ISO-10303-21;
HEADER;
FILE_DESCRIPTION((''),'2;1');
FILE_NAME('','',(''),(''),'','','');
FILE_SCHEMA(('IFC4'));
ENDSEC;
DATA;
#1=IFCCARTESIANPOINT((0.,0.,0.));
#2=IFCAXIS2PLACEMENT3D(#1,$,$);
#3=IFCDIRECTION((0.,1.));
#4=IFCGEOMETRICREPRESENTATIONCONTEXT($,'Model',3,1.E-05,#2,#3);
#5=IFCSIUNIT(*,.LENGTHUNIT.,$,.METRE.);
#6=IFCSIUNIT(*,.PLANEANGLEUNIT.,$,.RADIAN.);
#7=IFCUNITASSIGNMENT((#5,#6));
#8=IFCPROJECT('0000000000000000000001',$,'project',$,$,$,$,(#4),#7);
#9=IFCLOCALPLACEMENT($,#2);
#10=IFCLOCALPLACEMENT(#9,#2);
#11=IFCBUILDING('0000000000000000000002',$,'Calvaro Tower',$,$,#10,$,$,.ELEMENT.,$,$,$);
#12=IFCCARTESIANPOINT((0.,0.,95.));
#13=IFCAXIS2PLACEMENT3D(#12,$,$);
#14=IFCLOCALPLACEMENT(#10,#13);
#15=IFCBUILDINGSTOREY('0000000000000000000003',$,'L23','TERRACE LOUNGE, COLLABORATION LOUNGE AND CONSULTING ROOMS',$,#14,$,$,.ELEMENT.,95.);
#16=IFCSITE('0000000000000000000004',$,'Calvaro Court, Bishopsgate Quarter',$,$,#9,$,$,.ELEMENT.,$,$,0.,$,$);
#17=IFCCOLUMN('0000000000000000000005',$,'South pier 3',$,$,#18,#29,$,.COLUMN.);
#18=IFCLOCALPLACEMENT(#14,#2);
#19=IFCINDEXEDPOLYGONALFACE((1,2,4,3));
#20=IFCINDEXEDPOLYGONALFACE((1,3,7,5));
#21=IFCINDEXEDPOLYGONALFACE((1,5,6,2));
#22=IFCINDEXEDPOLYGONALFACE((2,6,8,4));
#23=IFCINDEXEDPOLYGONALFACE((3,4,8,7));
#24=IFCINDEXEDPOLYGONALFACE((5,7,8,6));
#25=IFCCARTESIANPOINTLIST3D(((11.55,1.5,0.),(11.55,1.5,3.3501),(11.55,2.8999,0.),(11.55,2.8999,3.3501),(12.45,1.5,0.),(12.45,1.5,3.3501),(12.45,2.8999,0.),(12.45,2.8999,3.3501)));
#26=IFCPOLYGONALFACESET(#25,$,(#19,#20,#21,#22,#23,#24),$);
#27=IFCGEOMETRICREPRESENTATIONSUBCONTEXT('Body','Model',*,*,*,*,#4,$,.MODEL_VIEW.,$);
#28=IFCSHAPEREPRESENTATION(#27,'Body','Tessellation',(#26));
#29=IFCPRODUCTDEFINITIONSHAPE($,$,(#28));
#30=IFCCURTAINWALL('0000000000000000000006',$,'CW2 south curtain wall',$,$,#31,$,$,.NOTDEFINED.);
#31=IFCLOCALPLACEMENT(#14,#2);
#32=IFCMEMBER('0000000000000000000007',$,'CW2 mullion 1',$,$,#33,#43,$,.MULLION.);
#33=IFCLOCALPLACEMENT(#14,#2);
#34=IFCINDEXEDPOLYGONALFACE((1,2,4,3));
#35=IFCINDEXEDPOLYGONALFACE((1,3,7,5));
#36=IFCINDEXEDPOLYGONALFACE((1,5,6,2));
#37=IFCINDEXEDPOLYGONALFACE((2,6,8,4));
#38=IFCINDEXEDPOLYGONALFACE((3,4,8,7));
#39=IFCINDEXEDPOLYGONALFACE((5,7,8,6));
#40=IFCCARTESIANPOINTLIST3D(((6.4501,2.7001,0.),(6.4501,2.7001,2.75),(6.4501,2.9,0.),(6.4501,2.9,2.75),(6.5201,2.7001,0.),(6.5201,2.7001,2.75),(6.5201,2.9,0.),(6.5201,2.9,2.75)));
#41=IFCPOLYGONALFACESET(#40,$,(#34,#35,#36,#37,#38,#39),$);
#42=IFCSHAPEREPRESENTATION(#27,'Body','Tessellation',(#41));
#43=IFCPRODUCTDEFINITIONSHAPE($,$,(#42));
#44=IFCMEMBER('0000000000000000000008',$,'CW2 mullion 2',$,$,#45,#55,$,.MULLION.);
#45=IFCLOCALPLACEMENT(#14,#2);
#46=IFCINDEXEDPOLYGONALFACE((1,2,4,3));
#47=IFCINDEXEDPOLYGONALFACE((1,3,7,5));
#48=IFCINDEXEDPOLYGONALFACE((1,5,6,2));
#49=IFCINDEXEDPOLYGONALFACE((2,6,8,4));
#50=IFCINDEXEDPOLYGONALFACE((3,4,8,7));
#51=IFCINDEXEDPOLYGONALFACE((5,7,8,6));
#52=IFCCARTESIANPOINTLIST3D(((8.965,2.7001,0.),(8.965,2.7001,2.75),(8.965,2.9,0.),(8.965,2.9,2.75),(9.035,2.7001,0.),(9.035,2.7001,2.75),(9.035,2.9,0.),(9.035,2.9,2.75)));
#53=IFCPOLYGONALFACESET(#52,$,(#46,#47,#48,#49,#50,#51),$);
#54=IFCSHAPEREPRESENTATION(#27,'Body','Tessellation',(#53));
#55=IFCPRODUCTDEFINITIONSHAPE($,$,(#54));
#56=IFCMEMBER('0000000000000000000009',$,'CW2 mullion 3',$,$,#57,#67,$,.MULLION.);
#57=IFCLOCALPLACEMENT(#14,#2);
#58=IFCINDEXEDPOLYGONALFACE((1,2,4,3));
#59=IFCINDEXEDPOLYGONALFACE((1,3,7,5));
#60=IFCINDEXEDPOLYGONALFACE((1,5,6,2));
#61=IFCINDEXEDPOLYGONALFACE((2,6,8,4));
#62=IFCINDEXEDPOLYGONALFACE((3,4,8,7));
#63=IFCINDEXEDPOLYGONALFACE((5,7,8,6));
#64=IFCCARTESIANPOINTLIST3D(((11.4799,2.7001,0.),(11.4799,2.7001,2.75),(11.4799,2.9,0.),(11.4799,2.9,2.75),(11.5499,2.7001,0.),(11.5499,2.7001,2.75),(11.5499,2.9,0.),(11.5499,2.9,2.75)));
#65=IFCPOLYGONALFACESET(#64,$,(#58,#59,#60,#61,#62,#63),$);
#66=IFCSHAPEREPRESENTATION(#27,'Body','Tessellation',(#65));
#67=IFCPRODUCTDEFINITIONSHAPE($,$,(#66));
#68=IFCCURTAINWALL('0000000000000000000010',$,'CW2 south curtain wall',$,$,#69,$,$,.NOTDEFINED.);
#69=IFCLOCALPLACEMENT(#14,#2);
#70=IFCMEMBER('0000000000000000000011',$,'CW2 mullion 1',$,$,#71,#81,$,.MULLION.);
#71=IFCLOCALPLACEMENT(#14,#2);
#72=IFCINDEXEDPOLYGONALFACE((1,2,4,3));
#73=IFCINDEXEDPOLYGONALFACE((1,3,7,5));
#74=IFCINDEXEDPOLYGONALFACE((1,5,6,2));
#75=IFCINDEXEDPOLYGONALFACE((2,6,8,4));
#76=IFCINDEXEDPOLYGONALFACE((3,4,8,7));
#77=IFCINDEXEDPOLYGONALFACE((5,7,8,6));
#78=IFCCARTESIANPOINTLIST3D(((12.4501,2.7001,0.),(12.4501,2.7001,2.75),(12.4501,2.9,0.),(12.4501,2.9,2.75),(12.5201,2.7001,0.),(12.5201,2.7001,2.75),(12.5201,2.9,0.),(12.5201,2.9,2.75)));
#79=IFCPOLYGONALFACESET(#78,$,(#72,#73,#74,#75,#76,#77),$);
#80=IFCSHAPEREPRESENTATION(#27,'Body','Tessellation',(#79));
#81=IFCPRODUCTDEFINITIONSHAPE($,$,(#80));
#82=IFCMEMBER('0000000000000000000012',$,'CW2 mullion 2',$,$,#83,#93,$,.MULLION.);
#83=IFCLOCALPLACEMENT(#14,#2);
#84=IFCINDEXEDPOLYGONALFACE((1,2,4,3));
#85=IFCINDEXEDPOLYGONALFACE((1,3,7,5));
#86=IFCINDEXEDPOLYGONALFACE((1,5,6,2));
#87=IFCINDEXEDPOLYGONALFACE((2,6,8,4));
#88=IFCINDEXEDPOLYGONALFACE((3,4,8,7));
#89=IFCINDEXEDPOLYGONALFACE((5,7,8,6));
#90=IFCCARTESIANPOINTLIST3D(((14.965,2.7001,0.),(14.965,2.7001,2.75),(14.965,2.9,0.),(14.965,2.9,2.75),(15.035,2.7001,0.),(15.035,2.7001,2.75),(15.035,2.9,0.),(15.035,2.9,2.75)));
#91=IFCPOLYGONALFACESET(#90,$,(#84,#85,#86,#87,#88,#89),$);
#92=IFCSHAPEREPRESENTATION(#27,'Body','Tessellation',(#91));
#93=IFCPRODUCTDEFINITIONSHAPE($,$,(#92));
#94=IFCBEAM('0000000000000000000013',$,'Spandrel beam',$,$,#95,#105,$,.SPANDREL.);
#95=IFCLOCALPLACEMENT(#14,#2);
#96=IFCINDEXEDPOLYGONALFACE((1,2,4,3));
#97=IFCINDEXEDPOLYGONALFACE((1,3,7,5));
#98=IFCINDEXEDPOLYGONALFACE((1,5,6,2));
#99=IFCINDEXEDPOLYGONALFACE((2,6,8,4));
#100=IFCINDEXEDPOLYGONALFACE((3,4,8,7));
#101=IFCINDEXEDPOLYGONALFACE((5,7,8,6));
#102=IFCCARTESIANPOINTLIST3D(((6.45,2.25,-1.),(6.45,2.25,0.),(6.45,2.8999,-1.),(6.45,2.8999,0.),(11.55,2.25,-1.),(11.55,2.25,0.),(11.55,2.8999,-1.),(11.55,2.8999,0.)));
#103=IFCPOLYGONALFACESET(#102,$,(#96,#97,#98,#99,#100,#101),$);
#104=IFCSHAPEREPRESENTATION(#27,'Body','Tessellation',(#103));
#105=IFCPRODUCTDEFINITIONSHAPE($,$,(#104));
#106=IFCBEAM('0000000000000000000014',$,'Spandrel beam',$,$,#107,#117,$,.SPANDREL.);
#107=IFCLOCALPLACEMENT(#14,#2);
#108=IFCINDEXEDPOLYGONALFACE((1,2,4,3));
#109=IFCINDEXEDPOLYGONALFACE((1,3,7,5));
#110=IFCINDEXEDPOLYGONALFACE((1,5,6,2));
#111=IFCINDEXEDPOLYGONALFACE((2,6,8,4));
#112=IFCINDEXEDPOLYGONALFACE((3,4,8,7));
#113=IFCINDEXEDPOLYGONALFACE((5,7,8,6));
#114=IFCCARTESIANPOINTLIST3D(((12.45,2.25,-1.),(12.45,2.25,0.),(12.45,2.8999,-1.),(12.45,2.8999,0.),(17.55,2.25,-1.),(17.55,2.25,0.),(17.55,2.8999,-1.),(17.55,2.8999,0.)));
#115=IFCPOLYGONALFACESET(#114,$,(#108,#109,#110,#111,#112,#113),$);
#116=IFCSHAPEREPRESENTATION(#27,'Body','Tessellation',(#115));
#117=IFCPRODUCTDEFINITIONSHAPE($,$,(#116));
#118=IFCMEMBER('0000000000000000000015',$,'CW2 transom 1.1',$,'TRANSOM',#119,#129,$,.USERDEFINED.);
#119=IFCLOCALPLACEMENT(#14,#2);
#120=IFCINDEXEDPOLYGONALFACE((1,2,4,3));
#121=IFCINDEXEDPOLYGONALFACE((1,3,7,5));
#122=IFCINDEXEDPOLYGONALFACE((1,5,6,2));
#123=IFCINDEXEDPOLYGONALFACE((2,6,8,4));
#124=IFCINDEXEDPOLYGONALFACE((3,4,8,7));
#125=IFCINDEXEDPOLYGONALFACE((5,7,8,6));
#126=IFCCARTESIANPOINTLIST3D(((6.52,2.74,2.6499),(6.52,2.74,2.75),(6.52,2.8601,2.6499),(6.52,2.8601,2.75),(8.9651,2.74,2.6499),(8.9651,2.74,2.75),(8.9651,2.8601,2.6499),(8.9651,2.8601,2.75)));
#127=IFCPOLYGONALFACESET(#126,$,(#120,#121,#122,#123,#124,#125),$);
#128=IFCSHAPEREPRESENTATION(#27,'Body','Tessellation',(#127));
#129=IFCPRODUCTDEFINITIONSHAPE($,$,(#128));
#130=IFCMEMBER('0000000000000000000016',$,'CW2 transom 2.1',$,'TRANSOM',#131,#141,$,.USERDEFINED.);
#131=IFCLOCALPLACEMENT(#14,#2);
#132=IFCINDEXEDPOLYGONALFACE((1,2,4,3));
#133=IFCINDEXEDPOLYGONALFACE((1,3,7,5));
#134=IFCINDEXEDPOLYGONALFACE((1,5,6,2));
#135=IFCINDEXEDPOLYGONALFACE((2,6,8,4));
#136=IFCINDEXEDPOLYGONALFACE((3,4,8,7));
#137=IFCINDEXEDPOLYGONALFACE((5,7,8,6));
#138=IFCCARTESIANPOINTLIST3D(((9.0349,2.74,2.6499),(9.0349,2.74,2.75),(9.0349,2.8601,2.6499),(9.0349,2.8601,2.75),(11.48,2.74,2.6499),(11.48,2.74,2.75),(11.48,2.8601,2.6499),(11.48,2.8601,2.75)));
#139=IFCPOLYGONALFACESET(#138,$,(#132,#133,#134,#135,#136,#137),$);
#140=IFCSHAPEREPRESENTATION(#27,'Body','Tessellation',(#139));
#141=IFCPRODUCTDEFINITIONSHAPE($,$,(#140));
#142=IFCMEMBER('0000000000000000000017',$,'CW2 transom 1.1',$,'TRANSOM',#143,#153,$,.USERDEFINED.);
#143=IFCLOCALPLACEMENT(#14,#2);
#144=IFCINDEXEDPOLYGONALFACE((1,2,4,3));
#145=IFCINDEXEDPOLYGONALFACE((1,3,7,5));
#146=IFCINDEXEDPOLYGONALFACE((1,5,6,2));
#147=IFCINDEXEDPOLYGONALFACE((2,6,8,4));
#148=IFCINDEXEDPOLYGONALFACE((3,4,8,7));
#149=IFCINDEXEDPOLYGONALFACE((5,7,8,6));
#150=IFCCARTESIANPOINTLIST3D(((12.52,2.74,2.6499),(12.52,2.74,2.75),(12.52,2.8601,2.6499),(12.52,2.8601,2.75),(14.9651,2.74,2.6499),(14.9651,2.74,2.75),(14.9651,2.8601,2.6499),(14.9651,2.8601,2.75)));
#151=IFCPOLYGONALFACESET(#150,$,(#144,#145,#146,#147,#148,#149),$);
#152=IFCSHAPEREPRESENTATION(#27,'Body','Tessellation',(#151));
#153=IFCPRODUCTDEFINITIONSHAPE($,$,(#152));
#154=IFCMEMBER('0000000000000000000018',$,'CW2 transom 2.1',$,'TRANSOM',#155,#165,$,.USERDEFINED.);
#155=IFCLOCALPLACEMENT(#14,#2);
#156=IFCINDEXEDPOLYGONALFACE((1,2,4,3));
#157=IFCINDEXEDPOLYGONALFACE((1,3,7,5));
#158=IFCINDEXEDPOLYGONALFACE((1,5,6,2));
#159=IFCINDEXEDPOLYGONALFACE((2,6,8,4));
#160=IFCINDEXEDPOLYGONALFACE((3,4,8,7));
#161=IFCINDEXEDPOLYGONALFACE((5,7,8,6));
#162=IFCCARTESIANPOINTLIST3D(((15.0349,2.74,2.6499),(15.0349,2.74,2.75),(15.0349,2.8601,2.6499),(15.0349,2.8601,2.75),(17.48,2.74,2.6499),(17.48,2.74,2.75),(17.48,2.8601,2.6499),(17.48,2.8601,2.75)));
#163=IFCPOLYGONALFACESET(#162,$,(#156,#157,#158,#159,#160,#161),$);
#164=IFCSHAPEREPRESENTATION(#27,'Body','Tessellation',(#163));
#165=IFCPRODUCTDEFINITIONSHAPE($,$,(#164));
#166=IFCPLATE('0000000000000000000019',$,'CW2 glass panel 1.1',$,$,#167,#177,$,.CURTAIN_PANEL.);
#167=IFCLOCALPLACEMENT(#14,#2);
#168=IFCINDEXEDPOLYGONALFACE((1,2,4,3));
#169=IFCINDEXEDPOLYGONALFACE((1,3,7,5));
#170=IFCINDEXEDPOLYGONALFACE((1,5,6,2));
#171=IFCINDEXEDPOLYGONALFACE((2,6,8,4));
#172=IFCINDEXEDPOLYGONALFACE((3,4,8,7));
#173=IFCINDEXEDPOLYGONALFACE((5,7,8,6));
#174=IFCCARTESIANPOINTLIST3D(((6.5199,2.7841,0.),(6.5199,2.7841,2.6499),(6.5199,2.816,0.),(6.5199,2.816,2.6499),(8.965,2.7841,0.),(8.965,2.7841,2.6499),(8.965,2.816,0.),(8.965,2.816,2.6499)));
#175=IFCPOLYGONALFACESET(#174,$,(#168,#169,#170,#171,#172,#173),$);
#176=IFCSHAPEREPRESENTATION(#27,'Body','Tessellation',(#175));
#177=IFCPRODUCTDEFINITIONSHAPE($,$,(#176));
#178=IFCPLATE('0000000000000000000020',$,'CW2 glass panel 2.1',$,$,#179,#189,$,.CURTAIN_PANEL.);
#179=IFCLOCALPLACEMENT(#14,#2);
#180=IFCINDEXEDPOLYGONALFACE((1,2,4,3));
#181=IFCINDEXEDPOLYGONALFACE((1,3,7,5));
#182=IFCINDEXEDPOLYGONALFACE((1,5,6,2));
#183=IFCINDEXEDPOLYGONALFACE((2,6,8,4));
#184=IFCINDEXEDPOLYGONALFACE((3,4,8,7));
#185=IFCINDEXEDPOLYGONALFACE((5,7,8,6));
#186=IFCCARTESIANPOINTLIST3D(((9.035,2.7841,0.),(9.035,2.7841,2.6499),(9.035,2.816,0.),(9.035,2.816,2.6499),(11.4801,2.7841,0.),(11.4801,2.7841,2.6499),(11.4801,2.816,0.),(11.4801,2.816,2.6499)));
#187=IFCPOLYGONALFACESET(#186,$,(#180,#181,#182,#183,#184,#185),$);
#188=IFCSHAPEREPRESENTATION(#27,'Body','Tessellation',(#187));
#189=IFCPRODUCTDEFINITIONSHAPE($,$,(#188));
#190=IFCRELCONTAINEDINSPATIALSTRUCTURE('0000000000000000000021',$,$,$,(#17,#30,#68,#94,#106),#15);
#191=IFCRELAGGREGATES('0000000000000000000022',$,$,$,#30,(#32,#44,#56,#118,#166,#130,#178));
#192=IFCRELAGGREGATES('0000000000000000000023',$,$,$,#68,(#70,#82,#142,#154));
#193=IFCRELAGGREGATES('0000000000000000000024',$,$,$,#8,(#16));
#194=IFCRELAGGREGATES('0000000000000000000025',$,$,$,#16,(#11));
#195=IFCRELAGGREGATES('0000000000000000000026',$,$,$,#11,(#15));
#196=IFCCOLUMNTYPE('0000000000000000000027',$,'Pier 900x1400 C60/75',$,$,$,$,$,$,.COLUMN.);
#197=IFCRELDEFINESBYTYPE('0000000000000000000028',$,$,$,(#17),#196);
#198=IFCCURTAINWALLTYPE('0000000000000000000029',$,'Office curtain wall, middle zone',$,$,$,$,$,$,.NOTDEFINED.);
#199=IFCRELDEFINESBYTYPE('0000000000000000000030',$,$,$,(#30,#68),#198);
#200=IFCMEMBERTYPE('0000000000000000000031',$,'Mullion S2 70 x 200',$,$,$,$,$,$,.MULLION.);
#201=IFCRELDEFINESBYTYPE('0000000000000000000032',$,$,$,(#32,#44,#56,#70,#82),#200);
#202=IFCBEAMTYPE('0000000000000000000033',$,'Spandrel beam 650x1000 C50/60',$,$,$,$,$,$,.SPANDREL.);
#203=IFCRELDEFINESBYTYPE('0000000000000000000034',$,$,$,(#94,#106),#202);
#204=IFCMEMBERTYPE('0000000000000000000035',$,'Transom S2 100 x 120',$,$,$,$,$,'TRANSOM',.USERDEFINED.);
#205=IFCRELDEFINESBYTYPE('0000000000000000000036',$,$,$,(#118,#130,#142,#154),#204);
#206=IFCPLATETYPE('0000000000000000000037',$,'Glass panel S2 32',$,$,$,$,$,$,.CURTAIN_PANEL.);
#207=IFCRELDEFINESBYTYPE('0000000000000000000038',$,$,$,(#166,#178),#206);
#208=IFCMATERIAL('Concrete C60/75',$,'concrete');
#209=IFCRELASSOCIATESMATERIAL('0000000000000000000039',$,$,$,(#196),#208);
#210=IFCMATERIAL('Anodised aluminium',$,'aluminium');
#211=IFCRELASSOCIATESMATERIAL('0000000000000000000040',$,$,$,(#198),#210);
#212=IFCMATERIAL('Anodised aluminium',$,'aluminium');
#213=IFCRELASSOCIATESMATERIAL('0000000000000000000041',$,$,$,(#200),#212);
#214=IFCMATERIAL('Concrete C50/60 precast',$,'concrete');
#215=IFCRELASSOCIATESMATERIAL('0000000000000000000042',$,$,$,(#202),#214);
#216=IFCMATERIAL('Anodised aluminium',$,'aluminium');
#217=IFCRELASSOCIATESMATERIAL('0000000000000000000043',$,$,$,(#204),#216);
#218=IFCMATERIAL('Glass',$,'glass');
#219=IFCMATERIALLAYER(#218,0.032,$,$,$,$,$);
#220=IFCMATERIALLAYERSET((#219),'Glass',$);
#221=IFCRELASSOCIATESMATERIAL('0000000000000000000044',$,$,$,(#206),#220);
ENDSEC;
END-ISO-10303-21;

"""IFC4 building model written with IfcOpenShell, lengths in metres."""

from ifc_helpers import new_model, si_unit, direction, frame, origin, origin_2d, place, context, subcontext, project, spatial, rectangle, extrude, material, layer, layer_set, material_profile, profile_set, type_object, element, aggregate, save


model = new_model("IFC4")

# Units and contexts
model_context = context("Model", 3, precision=1e-05, world=origin(), true_north=direction((0.0, 1.0)))
body_context = subcontext(model_context, "Body", "Model", "MODEL_VIEW")
ifc_project = project(units=[si_unit("LENGTHUNIT", "METRE"), si_unit("PLANEANGLEUNIT", "RADIAN")], contexts=[model_context])

# Site, building, storey
site_placement = place(None, origin())
site = spatial("IfcSite", under=ifc_project, at=site_placement, Name="Calvaro Court, Bishopsgate Quarter", CompositionType="ELEMENT", RefElevation=0.0)
building_placement = place(site_placement, origin())
building = spatial("IfcBuilding", under=site, at=building_placement, Name="Calvaro Tower", CompositionType="ELEMENT")
storey_placement = place(building_placement, frame((0.0, 0.0, 95.0)))
storey = spatial("IfcBuildingStorey", under=building, at=storey_placement, Name="L23", Description="TERRACE LOUNGE, COLLABORATION LOUNGE AND CONSULTING ROOMS", CompositionType="ELEMENT", Elevation=95.0)

# Column
ifc_material_1 = material(Name="Concrete C60/75", Category="concrete")
ifc_material_profile_1 = material_profile(ifc_material_1, rectangle(XDim=0.8999, YDim=1.3999, at=origin_2d()), Name="RC 900x1400")
ifc_profile_set_1 = profile_set([ifc_material_profile_1], Name="Concrete C60/75")
column_type = type_object("IfcColumnType", Name="Pier 900x1400 C60/75", PredefinedType="COLUMN", material=ifc_profile_set_1)
column_placement = place(storey_placement, frame((12.0, 2.2, 0.0), z_axis=(0.0, 0.0, 1.0), x_axis=(1.0, 0.0, 0.0)))
element("IfcColumn", 1, at=column_placement, inside=storey, type_object=column_type, Name="South pier 3", PredefinedType="COLUMN", context=body_context, shape_type="SweptSolid", body=[
    extrude(rectangle(XDim=0.8999, YDim=1.3999, at=origin_2d()), origin(), (0.0, 0.0, 1.0), 3.3501),
])

# Curtain walls, members
ifc_material_2 = material(Name="Anodised aluminium", Category="aluminium")
curtain_wall_type = type_object("IfcCurtainWallType", Name="Office curtain wall, middle zone", PredefinedType="NOTDEFINED", material=ifc_material_2)
curtain_wall_1_placement = place(storey_placement, origin())
curtain_wall_1 = element("IfcCurtainWall", 2, at=curtain_wall_1_placement, inside=storey, type_object=curtain_wall_type, Name="CW2 south curtain wall", PredefinedType="NOTDEFINED")
ifc_material_3 = material(Name="Anodised aluminium", Category="aluminium")
ifc_material_profile_2 = material_profile(ifc_material_3, rectangle(XDim=0.2, YDim=0.0701, at=origin_2d()), Name="Mullion S2 70 x 200")
ifc_profile_set_2 = profile_set([ifc_material_profile_2], Name="Anodised aluminium")
member_type_1 = type_object("IfcMemberType", Name="Mullion S2 70 x 200", PredefinedType="MULLION", material=ifc_profile_set_2)
member_1_placement = place(storey_placement, frame((6.4851, 2.8, 0.0), z_axis=(0.0, 0.0, 1.0), x_axis=(0.0, 1.0, 0.0)))
member_1 = element("IfcMember", 3, at=member_1_placement, type_object=member_type_1, Name="CW2 mullion 1", PredefinedType="MULLION", context=body_context, shape_type="SweptSolid", body=[
    extrude(rectangle(XDim=0.2, YDim=0.0701, at=origin_2d()), origin(), (0.0, 0.0, 1.0), 2.75),
])
member_2_placement = place(storey_placement, frame((9.0, 2.8, 0.0), z_axis=(0.0, 0.0, 1.0), x_axis=(0.0, 1.0, 0.0)))
member_2 = element("IfcMember", 4, at=member_2_placement, type_object=member_type_1, Name="CW2 mullion 2", PredefinedType="MULLION", context=body_context, shape_type="SweptSolid", body=[
    extrude(rectangle(XDim=0.2, YDim=0.0701, at=origin_2d()), origin(), (0.0, 0.0, 1.0), 2.75),
])
member_3_placement = place(storey_placement, frame((11.5149, 2.8, 0.0), z_axis=(0.0, 0.0, 1.0), x_axis=(0.0, 1.0, 0.0)))
member_3 = element("IfcMember", 5, at=member_3_placement, type_object=member_type_1, Name="CW2 mullion 3", PredefinedType="MULLION", context=body_context, shape_type="SweptSolid", body=[
    extrude(rectangle(XDim=0.2, YDim=0.0701, at=origin_2d()), origin(), (0.0, 0.0, 1.0), 2.75),
])
curtain_wall_2_placement = place(storey_placement, origin())
curtain_wall_2 = element("IfcCurtainWall", 6, at=curtain_wall_2_placement, inside=storey, type_object=curtain_wall_type, Name="CW2 south curtain wall", PredefinedType="NOTDEFINED")
member_4_placement = place(storey_placement, frame((12.4851, 2.8, 0.0), z_axis=(0.0, 0.0, 1.0), x_axis=(0.0, 1.0, 0.0)))
member_4 = element("IfcMember", 7, at=member_4_placement, type_object=member_type_1, Name="CW2 mullion 1", PredefinedType="MULLION", context=body_context, shape_type="SweptSolid", body=[
    extrude(rectangle(XDim=0.2, YDim=0.0701, at=origin_2d()), origin(), (0.0, 0.0, 1.0), 2.75),
])
member_5_placement = place(storey_placement, frame((15.0, 2.8, 0.0), z_axis=(0.0, 0.0, 1.0), x_axis=(0.0, 1.0, 0.0)))
member_5 = element("IfcMember", 8, at=member_5_placement, type_object=member_type_1, Name="CW2 mullion 2", PredefinedType="MULLION", context=body_context, shape_type="SweptSolid", body=[
    extrude(rectangle(XDim=0.2, YDim=0.0701, at=origin_2d()), origin(), (0.0, 0.0, 1.0), 2.75),
])

# Beams
ifc_material_4 = material(Name="Concrete C50/60 precast", Category="concrete")
ifc_material_profile_3 = material_profile(ifc_material_4, rectangle(XDim=0.6499, YDim=1.0, at=origin_2d()), Name="RC 650x1000")
ifc_profile_set_3 = profile_set([ifc_material_profile_3], Name="Concrete C50/60 precast")
beam_type = type_object("IfcBeamType", Name="Spandrel beam 650x1000 C50/60", PredefinedType="SPANDREL", material=ifc_profile_set_3)
for number, where, z_axis, x_axis, name in (
    (9, (6.45, 2.575, -0.5), (1.0, 0.0, 0.0), (0.0, 1.0, 0.0), "Spandrel beam"),
    (10, (12.45, 2.575, -0.5), (1.0, 0.0, 0.0), (0.0, 1.0, 0.0), "Spandrel beam"),
):
    element("IfcBeam", number, at=place(storey_placement, frame(where, z_axis=z_axis, x_axis=x_axis)), inside=storey, type_object=beam_type, Name=name, PredefinedType="SPANDREL", context=body_context, shape_type="SweptSolid", body=[
        extrude(rectangle(XDim=0.6499, YDim=1.0, at=origin_2d()), origin(), (0.0, 0.0, 1.0), 5.1001),
    ])

# Members
ifc_material_5 = material(Name="Anodised aluminium", Category="aluminium")
ifc_material_profile_4 = material_profile(ifc_material_5, rectangle(XDim=0.1201, YDim=0.1001, at=origin_2d()), Name="Transom S2 100 x 120")
ifc_profile_set_4 = profile_set([ifc_material_profile_4], Name="Anodised aluminium")
member_type_2 = type_object("IfcMemberType", Name="Transom S2 100 x 120", ElementType="TRANSOM", PredefinedType="USERDEFINED", material=ifc_profile_set_4)
member_6_placement = place(storey_placement, frame((6.52, 2.8, 2.7), z_axis=(1.0, 0.0, 0.0), x_axis=(0.0, 1.0, 0.0)))
member_6 = element("IfcMember", 11, at=member_6_placement, type_object=member_type_2, Name="CW2 transom 1.1", ObjectType="TRANSOM", PredefinedType="USERDEFINED", context=body_context, shape_type="SweptSolid", body=[
    extrude(rectangle(XDim=0.1201, YDim=0.1001, at=origin_2d()), origin(), (0.0, 0.0, 1.0), 2.4451),
])
member_7_placement = place(storey_placement, frame((9.0349, 2.8, 2.7), z_axis=(1.0, 0.0, 0.0), x_axis=(0.0, 1.0, 0.0)))
member_7 = element("IfcMember", 12, at=member_7_placement, type_object=member_type_2, Name="CW2 transom 2.1", ObjectType="TRANSOM", PredefinedType="USERDEFINED", context=body_context, shape_type="SweptSolid", body=[
    extrude(rectangle(XDim=0.1201, YDim=0.1001, at=origin_2d()), origin(), (0.0, 0.0, 1.0), 2.4451),
])
member_8_placement = place(storey_placement, frame((12.52, 2.8, 2.7), z_axis=(1.0, 0.0, 0.0), x_axis=(0.0, 1.0, 0.0)))
member_8 = element("IfcMember", 13, at=member_8_placement, type_object=member_type_2, Name="CW2 transom 1.1", ObjectType="TRANSOM", PredefinedType="USERDEFINED", context=body_context, shape_type="SweptSolid", body=[
    extrude(rectangle(XDim=0.1201, YDim=0.1001, at=origin_2d()), origin(), (0.0, 0.0, 1.0), 2.4451),
])
member_9_placement = place(storey_placement, frame((15.0349, 2.8, 2.7), z_axis=(1.0, 0.0, 0.0), x_axis=(0.0, 1.0, 0.0)))
member_9 = element("IfcMember", 14, at=member_9_placement, type_object=member_type_2, Name="CW2 transom 2.1", ObjectType="TRANSOM", PredefinedType="USERDEFINED", context=body_context, shape_type="SweptSolid", body=[
    extrude(rectangle(XDim=0.1201, YDim=0.1001, at=origin_2d()), origin(), (0.0, 0.0, 1.0), 2.4451),
])

# Plates
ifc_material_6 = material(Name="Glass", Category="glass")
ifc_layer = layer(ifc_material_6, 0.032)
ifc_layer_set = layer_set([ifc_layer], Name="Glass")
plate_type = type_object("IfcPlateType", Name="Glass panel S2 32", PredefinedType="CURTAIN_PANEL", material=ifc_layer_set)
plate_1_placement = place(storey_placement, frame((7.7424, 2.8, 0.0), z_axis=(0.0, 0.0, 1.0), x_axis=(1.0, 0.0, 0.0)))
plate_1 = element("IfcPlate", 15, at=plate_1_placement, type_object=plate_type, Name="CW2 glass panel 1.1", PredefinedType="CURTAIN_PANEL", context=body_context, shape_type="SweptSolid", body=[
    extrude(rectangle(XDim=2.4451, YDim=0.032, at=origin_2d()), origin(), (0.0, 0.0, 1.0), 2.6499),
])
plate_2_placement = place(storey_placement, frame((10.2576, 2.8, 0.0), z_axis=(0.0, 0.0, 1.0), x_axis=(1.0, 0.0, 0.0)))
plate_2 = element("IfcPlate", 16, at=plate_2_placement, type_object=plate_type, Name="CW2 glass panel 2.1", PredefinedType="CURTAIN_PANEL", context=body_context, shape_type="SweptSolid", body=[
    extrude(rectangle(XDim=2.4451, YDim=0.032, at=origin_2d()), origin(), (0.0, 0.0, 1.0), 2.6499),
])
aggregate(curtain_wall_1, [member_1, member_2, member_3, member_6, plate_1, member_7, plate_2])
aggregate(curtain_wall_2, [member_4, member_5, member_8, member_9])

save(model, "model.ifc")
